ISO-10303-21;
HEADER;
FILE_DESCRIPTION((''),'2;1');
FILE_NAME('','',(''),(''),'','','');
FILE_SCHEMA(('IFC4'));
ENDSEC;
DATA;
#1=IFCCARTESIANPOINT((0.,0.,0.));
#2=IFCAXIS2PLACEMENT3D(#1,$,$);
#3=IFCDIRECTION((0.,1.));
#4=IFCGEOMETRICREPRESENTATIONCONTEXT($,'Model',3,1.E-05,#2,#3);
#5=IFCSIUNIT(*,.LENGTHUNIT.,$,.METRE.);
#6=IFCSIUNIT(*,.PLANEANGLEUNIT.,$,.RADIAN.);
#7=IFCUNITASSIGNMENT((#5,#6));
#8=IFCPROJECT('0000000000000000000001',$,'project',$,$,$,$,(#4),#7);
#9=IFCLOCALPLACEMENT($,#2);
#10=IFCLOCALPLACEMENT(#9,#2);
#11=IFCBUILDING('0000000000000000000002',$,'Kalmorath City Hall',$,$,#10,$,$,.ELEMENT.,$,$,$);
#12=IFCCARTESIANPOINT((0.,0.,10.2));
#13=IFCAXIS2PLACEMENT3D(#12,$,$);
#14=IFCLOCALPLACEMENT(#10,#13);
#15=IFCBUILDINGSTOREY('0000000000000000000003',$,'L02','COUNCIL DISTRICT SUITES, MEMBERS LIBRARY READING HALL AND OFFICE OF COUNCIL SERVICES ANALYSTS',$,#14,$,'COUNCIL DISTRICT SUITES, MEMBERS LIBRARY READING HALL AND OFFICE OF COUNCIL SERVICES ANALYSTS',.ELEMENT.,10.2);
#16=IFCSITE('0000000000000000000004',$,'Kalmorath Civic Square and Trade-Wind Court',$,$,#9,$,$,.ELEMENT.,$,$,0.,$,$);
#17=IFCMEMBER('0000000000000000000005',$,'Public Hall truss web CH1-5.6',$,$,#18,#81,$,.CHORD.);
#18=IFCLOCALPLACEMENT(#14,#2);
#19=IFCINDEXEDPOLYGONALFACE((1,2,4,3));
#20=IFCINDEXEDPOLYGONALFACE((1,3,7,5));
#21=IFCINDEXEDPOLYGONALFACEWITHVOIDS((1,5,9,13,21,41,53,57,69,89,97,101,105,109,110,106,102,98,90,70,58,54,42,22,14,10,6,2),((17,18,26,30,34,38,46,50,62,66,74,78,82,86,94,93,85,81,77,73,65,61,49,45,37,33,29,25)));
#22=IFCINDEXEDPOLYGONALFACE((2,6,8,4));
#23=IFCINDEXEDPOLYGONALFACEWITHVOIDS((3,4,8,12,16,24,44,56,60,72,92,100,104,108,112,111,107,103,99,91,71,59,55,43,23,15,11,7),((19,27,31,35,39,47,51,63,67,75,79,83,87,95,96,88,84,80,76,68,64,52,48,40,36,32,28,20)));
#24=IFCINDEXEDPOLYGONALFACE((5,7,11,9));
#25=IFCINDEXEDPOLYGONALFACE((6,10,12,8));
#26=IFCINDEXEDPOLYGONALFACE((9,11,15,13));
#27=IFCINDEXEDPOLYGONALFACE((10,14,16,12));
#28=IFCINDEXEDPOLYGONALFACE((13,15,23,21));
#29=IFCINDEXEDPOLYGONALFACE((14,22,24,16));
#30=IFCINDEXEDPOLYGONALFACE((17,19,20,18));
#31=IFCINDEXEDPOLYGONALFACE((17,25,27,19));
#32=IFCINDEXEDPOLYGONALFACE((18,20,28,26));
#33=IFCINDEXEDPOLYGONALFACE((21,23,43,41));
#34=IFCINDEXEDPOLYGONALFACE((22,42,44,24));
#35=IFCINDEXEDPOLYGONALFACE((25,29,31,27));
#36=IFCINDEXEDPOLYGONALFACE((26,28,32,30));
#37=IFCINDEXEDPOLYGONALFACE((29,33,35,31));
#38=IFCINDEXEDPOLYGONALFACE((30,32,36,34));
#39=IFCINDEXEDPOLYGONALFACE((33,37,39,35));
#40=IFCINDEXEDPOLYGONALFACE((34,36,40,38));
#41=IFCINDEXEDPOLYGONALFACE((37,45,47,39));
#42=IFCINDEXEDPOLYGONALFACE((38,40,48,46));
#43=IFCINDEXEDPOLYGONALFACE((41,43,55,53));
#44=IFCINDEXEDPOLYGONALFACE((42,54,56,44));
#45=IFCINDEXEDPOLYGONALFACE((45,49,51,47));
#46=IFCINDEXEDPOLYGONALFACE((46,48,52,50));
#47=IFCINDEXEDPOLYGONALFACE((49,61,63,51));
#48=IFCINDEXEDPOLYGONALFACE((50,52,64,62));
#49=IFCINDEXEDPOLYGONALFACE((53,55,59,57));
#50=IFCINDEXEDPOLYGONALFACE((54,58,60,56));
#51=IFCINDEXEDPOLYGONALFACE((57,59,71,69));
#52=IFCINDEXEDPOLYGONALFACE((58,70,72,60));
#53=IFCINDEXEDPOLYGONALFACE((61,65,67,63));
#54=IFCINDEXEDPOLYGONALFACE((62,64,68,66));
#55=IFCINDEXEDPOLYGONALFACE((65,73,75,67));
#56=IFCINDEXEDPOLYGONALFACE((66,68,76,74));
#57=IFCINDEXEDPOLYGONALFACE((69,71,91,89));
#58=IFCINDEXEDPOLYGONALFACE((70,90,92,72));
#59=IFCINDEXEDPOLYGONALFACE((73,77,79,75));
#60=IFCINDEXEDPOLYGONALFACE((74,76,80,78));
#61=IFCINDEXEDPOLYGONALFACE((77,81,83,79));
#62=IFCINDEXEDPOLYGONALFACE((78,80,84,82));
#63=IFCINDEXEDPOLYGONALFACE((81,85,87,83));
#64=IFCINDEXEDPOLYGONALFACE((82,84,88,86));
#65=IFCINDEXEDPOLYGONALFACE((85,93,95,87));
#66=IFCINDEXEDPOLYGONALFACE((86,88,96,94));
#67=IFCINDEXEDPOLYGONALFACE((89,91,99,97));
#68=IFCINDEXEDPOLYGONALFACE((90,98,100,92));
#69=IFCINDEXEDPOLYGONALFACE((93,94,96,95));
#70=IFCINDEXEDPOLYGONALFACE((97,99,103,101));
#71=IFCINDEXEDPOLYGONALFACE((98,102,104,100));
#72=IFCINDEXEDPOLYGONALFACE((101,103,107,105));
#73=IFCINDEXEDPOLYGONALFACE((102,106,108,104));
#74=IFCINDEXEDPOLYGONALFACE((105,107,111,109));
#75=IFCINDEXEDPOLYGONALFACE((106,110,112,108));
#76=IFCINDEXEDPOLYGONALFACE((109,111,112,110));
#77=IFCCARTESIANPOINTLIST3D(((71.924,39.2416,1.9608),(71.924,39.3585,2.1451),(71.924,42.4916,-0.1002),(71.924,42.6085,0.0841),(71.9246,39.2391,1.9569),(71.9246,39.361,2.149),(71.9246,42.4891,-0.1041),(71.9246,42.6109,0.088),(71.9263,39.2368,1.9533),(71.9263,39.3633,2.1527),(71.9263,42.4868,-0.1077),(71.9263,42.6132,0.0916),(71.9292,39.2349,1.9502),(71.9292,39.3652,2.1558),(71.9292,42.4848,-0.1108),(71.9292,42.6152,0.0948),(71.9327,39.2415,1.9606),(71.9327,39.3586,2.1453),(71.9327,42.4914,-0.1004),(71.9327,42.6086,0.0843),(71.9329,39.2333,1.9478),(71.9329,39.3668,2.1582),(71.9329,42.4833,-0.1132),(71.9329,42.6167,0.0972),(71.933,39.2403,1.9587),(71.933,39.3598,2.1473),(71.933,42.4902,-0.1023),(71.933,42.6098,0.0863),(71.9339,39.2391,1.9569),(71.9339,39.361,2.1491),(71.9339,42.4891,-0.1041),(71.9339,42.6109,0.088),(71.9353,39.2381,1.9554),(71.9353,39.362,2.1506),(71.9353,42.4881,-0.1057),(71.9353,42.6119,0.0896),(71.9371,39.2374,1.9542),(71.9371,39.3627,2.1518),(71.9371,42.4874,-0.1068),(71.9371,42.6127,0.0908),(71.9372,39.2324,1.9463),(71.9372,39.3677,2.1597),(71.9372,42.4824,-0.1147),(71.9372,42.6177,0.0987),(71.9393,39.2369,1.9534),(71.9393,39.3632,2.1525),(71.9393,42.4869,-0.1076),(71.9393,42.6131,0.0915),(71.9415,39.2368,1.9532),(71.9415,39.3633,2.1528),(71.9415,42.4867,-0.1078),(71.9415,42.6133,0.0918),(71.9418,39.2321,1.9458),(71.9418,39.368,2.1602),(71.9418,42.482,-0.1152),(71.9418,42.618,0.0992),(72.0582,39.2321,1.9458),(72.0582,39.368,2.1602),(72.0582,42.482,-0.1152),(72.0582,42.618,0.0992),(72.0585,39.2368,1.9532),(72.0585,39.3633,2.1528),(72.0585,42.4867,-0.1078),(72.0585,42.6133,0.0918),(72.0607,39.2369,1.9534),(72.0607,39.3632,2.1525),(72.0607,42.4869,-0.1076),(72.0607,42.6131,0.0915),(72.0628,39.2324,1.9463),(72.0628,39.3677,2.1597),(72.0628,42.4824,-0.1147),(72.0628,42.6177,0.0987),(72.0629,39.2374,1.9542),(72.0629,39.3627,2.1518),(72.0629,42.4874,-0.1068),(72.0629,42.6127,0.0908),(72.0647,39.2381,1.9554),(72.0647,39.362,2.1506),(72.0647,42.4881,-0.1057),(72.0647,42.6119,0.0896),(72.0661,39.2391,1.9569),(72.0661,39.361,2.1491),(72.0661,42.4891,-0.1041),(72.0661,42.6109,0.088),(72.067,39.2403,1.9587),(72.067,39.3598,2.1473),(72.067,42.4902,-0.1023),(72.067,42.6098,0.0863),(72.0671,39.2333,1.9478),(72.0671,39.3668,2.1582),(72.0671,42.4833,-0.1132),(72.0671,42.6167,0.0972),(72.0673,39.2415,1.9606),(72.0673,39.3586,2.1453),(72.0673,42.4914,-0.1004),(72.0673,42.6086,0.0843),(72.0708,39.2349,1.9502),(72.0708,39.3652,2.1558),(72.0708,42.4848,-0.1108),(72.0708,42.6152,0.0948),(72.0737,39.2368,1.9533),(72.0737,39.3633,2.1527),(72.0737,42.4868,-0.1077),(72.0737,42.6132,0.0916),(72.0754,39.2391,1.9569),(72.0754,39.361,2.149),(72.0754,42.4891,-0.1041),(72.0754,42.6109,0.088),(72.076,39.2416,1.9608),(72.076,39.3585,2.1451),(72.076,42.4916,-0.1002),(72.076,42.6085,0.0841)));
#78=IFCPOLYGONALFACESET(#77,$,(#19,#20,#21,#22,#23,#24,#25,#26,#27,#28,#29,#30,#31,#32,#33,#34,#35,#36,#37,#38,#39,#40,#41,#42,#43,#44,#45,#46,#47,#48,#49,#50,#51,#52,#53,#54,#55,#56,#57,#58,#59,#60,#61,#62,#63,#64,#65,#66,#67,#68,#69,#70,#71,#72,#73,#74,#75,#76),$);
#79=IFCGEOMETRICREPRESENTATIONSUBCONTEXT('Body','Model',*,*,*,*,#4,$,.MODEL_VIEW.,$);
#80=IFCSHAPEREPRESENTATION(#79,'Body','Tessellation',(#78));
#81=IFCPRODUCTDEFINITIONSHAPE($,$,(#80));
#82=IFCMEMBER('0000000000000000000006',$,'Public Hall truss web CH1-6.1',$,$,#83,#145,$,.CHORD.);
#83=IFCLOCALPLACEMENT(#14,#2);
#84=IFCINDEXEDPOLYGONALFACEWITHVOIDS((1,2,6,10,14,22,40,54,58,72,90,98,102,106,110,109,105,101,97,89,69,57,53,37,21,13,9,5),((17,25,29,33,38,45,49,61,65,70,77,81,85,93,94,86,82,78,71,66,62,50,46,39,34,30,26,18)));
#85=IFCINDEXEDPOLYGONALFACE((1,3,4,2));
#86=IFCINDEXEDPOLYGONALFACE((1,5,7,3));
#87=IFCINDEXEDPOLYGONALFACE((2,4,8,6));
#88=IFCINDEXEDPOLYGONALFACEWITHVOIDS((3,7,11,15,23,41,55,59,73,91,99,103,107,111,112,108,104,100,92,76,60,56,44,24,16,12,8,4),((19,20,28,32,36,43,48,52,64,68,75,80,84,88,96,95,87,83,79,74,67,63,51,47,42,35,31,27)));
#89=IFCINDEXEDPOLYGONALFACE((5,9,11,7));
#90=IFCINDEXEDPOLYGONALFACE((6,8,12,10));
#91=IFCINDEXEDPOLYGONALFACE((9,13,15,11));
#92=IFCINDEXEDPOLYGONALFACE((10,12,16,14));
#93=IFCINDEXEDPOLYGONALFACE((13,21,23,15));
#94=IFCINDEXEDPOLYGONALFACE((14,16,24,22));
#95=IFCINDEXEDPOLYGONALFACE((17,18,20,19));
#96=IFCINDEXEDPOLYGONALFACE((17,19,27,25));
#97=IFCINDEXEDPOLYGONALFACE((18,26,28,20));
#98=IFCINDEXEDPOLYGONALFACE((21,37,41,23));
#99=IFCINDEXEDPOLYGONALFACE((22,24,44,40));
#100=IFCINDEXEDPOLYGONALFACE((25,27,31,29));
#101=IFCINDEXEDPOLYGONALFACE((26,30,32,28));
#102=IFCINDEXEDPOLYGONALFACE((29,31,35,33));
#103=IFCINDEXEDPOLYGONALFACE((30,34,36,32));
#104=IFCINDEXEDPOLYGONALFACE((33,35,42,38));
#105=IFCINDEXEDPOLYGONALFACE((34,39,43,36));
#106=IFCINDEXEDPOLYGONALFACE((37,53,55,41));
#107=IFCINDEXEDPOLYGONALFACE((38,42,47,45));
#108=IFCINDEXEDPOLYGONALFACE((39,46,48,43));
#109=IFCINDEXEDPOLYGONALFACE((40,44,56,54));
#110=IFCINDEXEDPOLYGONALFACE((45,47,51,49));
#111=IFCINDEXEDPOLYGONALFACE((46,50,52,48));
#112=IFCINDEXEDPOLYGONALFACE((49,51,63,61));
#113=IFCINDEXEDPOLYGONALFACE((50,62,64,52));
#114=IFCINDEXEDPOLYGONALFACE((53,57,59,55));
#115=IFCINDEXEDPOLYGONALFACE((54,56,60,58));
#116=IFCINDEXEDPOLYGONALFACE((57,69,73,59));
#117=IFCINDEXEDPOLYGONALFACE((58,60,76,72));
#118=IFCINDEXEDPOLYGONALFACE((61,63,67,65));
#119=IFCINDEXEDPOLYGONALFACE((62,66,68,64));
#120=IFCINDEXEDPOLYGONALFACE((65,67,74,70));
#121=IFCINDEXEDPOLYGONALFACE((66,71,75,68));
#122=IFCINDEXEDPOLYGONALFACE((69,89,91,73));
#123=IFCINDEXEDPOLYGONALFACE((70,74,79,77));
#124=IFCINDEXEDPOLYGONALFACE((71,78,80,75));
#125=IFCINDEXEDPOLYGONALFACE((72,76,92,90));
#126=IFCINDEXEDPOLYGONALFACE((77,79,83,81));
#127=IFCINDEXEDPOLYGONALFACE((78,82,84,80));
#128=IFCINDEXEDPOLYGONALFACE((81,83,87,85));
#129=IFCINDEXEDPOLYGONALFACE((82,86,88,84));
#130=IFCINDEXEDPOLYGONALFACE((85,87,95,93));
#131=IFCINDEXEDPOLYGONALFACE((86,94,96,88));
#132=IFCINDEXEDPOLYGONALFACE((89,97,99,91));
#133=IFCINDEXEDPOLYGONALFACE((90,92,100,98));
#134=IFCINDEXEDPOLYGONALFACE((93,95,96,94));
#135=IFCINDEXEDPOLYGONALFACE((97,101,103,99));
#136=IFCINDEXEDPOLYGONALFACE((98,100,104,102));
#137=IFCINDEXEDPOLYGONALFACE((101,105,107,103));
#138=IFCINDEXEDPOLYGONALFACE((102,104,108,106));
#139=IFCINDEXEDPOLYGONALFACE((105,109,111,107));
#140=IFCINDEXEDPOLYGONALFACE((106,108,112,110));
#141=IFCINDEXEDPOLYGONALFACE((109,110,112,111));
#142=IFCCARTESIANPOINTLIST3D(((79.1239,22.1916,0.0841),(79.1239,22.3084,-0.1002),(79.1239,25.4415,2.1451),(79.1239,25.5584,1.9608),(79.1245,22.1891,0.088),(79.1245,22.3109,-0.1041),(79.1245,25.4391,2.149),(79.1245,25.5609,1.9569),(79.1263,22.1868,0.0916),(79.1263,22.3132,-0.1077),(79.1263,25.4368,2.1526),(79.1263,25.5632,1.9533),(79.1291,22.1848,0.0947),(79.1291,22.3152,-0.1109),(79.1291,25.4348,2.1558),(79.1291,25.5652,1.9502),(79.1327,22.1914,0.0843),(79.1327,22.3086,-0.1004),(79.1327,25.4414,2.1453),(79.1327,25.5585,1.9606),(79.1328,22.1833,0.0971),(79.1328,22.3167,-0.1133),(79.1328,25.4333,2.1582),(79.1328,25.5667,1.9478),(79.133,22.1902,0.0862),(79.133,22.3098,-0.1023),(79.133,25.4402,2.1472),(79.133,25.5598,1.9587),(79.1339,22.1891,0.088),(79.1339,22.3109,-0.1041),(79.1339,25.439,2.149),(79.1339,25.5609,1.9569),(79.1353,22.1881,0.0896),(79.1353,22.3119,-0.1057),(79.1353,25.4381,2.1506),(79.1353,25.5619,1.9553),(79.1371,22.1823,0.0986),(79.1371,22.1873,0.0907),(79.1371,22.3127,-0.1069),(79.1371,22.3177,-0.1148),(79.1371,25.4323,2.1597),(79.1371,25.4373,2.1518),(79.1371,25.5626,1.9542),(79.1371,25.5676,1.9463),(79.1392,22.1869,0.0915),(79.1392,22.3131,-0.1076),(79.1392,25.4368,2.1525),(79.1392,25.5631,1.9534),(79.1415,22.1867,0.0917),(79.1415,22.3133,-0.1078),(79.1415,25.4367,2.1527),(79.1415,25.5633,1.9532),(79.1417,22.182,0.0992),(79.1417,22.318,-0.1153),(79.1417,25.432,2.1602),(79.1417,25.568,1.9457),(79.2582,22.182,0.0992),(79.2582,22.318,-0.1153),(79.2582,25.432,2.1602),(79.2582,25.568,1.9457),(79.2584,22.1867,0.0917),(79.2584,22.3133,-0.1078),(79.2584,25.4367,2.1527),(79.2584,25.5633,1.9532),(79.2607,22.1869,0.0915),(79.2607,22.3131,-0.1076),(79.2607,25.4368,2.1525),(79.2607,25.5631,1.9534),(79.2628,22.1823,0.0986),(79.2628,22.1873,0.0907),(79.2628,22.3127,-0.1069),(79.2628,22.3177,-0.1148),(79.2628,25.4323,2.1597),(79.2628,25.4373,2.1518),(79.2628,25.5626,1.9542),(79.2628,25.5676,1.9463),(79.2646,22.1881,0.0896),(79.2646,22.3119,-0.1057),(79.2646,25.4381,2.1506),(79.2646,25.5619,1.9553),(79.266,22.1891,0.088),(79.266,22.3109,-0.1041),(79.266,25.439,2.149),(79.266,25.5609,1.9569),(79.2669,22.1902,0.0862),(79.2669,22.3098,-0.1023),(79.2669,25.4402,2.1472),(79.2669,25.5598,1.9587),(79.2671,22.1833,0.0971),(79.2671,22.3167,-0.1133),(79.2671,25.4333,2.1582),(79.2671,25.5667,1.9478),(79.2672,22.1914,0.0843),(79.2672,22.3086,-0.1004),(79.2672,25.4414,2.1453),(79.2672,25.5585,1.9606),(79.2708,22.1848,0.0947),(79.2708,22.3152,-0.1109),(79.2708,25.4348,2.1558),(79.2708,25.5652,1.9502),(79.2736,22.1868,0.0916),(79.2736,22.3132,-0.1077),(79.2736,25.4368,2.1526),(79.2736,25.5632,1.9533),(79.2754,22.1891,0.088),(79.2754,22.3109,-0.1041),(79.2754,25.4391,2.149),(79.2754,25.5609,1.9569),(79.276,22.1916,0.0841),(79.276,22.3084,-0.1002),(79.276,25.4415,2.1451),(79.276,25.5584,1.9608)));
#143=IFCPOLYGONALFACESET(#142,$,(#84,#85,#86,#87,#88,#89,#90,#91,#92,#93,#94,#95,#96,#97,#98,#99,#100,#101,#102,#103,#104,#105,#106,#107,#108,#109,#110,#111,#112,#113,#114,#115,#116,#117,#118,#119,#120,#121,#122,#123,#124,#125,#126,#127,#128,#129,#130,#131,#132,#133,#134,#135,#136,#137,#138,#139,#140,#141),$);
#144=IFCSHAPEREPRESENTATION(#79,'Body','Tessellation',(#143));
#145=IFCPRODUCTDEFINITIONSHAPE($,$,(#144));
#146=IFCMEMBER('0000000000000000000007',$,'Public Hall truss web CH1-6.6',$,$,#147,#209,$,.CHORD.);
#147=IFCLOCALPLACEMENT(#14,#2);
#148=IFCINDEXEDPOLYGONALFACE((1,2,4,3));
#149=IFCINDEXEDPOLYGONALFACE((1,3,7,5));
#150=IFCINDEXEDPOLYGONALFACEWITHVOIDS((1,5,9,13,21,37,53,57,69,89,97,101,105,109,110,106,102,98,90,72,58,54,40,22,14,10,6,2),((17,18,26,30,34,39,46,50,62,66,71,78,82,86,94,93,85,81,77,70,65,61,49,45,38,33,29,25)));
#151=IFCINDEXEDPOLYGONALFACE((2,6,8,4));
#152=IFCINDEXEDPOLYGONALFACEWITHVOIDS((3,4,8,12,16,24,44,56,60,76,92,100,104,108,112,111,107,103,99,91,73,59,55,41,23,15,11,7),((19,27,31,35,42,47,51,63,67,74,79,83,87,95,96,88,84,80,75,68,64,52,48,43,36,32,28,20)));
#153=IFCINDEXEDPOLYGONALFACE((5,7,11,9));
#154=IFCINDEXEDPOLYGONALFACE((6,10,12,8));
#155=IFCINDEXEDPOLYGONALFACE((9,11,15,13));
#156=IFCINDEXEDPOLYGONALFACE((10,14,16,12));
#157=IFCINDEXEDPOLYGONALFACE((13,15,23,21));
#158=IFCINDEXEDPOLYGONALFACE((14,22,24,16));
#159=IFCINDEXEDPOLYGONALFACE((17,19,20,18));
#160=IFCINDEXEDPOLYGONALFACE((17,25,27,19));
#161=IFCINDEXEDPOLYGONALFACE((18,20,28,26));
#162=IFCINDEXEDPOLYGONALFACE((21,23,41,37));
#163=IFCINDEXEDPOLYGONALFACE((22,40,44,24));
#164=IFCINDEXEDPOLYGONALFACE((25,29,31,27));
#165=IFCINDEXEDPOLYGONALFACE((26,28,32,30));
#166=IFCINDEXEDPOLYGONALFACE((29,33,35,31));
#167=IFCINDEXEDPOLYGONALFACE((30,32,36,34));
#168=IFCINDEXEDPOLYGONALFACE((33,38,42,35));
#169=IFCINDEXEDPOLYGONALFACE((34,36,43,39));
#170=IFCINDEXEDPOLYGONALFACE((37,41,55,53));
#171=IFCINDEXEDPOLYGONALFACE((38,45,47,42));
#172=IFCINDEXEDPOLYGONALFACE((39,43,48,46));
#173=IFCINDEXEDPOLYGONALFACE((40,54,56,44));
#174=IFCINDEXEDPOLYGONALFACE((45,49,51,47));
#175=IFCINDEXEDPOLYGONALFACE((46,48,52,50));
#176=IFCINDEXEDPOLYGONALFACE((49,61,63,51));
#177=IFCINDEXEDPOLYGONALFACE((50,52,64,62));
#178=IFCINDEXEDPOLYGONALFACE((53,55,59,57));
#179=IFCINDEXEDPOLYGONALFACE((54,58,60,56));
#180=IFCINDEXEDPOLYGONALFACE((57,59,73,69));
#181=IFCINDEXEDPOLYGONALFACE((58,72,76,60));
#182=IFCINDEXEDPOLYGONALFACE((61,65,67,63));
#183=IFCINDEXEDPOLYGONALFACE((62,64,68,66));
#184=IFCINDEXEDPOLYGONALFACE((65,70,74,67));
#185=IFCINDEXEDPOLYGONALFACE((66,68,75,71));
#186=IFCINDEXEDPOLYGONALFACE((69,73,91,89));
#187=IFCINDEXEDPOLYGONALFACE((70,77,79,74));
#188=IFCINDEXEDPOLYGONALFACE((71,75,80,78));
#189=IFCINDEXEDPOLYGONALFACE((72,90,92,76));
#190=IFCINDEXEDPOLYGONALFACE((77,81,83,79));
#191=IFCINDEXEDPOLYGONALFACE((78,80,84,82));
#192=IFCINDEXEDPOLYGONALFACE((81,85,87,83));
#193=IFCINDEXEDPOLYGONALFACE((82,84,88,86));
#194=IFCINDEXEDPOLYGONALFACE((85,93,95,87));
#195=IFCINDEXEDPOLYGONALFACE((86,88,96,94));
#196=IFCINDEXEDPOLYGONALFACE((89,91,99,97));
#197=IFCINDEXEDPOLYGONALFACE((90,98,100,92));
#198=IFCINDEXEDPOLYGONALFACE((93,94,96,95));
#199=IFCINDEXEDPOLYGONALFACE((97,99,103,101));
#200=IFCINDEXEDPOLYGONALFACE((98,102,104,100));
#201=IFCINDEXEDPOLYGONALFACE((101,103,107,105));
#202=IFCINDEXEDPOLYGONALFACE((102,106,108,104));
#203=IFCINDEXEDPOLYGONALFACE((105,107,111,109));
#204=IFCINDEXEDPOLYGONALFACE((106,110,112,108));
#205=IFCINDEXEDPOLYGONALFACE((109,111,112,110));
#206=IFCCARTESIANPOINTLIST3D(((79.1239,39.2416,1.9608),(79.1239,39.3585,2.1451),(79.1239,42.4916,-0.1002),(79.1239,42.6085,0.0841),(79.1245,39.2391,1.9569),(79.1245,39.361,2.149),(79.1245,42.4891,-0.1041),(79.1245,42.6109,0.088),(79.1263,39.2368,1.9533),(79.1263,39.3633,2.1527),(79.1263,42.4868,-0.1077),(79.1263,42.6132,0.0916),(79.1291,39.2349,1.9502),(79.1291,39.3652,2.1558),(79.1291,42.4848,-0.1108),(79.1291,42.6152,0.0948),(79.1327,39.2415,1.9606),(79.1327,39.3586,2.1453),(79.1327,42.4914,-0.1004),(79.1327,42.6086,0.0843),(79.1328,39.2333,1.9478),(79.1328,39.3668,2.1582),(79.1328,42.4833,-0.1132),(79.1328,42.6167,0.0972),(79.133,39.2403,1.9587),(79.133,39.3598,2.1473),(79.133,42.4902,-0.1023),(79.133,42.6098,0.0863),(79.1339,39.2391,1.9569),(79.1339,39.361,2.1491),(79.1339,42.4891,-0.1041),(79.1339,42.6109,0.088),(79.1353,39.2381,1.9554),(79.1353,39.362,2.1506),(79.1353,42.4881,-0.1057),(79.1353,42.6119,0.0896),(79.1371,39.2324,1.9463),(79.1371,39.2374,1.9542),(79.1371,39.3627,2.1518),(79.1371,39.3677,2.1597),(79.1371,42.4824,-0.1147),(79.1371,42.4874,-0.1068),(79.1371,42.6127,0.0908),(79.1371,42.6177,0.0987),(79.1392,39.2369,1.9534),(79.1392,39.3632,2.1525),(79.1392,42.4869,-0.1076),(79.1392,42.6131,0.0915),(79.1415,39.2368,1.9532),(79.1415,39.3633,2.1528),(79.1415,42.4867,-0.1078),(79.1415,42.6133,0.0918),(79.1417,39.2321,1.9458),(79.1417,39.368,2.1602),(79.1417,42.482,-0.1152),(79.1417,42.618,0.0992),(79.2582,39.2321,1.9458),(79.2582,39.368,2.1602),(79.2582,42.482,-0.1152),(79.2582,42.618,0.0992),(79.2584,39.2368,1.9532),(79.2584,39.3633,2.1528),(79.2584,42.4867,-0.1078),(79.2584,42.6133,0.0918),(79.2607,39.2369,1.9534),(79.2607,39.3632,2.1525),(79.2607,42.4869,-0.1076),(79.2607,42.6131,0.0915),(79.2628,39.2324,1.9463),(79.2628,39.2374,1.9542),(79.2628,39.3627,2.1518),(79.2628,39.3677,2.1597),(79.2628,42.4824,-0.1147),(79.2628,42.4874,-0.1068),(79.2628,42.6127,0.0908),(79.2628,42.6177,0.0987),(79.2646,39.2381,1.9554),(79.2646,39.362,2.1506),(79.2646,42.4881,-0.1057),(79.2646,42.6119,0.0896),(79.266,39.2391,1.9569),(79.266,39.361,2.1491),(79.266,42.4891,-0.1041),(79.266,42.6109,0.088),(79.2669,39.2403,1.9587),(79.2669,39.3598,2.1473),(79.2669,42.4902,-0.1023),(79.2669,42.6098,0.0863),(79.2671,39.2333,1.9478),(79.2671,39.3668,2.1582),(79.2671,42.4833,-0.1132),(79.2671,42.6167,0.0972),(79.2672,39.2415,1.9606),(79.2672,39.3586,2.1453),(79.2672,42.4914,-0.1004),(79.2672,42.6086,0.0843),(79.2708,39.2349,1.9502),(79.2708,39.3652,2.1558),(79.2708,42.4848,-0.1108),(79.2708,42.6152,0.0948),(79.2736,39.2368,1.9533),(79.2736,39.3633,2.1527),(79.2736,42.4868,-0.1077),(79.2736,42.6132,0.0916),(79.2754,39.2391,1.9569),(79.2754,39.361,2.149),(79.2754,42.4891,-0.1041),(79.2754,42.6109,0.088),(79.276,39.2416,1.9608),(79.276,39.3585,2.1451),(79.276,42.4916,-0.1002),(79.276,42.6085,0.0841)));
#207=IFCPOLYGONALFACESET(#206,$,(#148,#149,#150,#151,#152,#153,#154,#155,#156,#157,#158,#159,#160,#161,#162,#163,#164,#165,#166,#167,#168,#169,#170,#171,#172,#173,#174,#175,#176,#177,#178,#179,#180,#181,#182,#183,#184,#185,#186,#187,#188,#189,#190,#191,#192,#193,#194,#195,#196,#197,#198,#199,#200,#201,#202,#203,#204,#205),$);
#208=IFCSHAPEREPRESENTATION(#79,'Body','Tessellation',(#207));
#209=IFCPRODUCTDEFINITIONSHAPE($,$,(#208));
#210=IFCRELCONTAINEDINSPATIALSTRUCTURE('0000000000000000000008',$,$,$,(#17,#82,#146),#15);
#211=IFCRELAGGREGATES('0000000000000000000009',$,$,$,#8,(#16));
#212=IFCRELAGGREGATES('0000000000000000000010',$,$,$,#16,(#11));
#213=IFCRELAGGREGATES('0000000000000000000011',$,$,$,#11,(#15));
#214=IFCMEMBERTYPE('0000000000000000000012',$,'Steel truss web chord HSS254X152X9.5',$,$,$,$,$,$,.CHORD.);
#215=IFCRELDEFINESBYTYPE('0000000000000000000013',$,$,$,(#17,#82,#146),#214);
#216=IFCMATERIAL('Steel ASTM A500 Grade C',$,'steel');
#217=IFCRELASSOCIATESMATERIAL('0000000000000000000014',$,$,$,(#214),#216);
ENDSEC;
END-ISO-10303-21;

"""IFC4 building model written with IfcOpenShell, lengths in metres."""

from ifc_helpers import new_model, si_unit, direction, frame, origin, origin_2d, place, context, subcontext, project, spatial, hollow_rectangle, extrude, material, material_profile, profile_set, type_object, element, save


model = new_model("IFC4")

# Units and contexts
model_context = context("Model", 3, precision=1e-05, world=origin(), true_north=direction((0.0, 1.0)))
body_context = subcontext(model_context, "Body", "Model", "MODEL_VIEW")
ifc_project = project(units=[si_unit("LENGTHUNIT", "METRE"), si_unit("PLANEANGLEUNIT", "RADIAN")], contexts=[model_context])

# Site, building, storey
site_placement = place(None, origin())
site = spatial("IfcSite", under=ifc_project, at=site_placement, Name="Kalmorath Civic Square and Trade-Wind Court", CompositionType="ELEMENT", RefElevation=0.0)
building_placement = place(site_placement, origin())
building = spatial("IfcBuilding", under=site, at=building_placement, Name="Kalmorath City Hall", CompositionType="ELEMENT")
storey_placement = place(building_placement, frame((0.0, 0.0, 10.2)))
storey = spatial("IfcBuildingStorey", under=building, at=storey_placement, Name="L02", Description="COUNCIL DISTRICT SUITES, MEMBERS LIBRARY READING HALL AND OFFICE OF COUNCIL SERVICES ANALYSTS", LongName="COUNCIL DISTRICT SUITES, MEMBERS LIBRARY READING HALL AND OFFICE OF COUNCIL SERVICES ANALYSTS", CompositionType="ELEMENT", Elevation=10.2)

# Members
ifc_material_1 = material(Name="Steel ASTM A500 Grade C", Category="steel")
ifc_material_profile_1 = material_profile(ifc_material_1, hollow_rectangle(XDim=0.1521, YDim=0.2539, WallThickness=0.0088, InnerFilletRadius=0.0088, OuterFilletRadius=0.0178, at=origin_2d()), Name="HSS254X152X9.5")
ifc_profile_set_1 = profile_set([ifc_material_profile_1], Name="Steel ASTM A500 Grade C")
member_type_1 = type_object("IfcMemberType", Name="Steel truss web chord HSS254X152X9.5", PredefinedType="CHORD", material=ifc_profile_set_1)
for number, where, z_axis, x_axis, name in (
    (1, (72.0, 39.3, 2.053), (0.0, 0.844502, -0.535553), (-1.0, 0.0, 0.0), "Public Hall truss web CH1-5.6"),
    (2, (79.2, 22.25, -0.0081), (0.0, 0.844502, 0.535553), (-1.0, 0.0, 0.0), "Public Hall truss web CH1-6.1"),
    (3, (79.2, 39.3, 2.053), (0.0, 0.844502, -0.535553), (-1.0, 0.0, 0.0), "Public Hall truss web CH1-6.6"),
):
    element("IfcMember", number, at=place(storey_placement, frame(where, z_axis=z_axis, x_axis=x_axis)), inside=storey, type_object=member_type_1, Name=name, PredefinedType="CHORD", context=body_context, shape_type="SweptSolid", body=[
        extrude(hollow_rectangle(XDim=0.1521, YDim=0.2539, WallThickness=0.0088, InnerFilletRadius=0.0088, OuterFilletRadius=0.0178, at=origin_2d()), origin(), (0.0, 0.0, 1.0), 3.8484),
    ])

save(model, "model.ifc")
